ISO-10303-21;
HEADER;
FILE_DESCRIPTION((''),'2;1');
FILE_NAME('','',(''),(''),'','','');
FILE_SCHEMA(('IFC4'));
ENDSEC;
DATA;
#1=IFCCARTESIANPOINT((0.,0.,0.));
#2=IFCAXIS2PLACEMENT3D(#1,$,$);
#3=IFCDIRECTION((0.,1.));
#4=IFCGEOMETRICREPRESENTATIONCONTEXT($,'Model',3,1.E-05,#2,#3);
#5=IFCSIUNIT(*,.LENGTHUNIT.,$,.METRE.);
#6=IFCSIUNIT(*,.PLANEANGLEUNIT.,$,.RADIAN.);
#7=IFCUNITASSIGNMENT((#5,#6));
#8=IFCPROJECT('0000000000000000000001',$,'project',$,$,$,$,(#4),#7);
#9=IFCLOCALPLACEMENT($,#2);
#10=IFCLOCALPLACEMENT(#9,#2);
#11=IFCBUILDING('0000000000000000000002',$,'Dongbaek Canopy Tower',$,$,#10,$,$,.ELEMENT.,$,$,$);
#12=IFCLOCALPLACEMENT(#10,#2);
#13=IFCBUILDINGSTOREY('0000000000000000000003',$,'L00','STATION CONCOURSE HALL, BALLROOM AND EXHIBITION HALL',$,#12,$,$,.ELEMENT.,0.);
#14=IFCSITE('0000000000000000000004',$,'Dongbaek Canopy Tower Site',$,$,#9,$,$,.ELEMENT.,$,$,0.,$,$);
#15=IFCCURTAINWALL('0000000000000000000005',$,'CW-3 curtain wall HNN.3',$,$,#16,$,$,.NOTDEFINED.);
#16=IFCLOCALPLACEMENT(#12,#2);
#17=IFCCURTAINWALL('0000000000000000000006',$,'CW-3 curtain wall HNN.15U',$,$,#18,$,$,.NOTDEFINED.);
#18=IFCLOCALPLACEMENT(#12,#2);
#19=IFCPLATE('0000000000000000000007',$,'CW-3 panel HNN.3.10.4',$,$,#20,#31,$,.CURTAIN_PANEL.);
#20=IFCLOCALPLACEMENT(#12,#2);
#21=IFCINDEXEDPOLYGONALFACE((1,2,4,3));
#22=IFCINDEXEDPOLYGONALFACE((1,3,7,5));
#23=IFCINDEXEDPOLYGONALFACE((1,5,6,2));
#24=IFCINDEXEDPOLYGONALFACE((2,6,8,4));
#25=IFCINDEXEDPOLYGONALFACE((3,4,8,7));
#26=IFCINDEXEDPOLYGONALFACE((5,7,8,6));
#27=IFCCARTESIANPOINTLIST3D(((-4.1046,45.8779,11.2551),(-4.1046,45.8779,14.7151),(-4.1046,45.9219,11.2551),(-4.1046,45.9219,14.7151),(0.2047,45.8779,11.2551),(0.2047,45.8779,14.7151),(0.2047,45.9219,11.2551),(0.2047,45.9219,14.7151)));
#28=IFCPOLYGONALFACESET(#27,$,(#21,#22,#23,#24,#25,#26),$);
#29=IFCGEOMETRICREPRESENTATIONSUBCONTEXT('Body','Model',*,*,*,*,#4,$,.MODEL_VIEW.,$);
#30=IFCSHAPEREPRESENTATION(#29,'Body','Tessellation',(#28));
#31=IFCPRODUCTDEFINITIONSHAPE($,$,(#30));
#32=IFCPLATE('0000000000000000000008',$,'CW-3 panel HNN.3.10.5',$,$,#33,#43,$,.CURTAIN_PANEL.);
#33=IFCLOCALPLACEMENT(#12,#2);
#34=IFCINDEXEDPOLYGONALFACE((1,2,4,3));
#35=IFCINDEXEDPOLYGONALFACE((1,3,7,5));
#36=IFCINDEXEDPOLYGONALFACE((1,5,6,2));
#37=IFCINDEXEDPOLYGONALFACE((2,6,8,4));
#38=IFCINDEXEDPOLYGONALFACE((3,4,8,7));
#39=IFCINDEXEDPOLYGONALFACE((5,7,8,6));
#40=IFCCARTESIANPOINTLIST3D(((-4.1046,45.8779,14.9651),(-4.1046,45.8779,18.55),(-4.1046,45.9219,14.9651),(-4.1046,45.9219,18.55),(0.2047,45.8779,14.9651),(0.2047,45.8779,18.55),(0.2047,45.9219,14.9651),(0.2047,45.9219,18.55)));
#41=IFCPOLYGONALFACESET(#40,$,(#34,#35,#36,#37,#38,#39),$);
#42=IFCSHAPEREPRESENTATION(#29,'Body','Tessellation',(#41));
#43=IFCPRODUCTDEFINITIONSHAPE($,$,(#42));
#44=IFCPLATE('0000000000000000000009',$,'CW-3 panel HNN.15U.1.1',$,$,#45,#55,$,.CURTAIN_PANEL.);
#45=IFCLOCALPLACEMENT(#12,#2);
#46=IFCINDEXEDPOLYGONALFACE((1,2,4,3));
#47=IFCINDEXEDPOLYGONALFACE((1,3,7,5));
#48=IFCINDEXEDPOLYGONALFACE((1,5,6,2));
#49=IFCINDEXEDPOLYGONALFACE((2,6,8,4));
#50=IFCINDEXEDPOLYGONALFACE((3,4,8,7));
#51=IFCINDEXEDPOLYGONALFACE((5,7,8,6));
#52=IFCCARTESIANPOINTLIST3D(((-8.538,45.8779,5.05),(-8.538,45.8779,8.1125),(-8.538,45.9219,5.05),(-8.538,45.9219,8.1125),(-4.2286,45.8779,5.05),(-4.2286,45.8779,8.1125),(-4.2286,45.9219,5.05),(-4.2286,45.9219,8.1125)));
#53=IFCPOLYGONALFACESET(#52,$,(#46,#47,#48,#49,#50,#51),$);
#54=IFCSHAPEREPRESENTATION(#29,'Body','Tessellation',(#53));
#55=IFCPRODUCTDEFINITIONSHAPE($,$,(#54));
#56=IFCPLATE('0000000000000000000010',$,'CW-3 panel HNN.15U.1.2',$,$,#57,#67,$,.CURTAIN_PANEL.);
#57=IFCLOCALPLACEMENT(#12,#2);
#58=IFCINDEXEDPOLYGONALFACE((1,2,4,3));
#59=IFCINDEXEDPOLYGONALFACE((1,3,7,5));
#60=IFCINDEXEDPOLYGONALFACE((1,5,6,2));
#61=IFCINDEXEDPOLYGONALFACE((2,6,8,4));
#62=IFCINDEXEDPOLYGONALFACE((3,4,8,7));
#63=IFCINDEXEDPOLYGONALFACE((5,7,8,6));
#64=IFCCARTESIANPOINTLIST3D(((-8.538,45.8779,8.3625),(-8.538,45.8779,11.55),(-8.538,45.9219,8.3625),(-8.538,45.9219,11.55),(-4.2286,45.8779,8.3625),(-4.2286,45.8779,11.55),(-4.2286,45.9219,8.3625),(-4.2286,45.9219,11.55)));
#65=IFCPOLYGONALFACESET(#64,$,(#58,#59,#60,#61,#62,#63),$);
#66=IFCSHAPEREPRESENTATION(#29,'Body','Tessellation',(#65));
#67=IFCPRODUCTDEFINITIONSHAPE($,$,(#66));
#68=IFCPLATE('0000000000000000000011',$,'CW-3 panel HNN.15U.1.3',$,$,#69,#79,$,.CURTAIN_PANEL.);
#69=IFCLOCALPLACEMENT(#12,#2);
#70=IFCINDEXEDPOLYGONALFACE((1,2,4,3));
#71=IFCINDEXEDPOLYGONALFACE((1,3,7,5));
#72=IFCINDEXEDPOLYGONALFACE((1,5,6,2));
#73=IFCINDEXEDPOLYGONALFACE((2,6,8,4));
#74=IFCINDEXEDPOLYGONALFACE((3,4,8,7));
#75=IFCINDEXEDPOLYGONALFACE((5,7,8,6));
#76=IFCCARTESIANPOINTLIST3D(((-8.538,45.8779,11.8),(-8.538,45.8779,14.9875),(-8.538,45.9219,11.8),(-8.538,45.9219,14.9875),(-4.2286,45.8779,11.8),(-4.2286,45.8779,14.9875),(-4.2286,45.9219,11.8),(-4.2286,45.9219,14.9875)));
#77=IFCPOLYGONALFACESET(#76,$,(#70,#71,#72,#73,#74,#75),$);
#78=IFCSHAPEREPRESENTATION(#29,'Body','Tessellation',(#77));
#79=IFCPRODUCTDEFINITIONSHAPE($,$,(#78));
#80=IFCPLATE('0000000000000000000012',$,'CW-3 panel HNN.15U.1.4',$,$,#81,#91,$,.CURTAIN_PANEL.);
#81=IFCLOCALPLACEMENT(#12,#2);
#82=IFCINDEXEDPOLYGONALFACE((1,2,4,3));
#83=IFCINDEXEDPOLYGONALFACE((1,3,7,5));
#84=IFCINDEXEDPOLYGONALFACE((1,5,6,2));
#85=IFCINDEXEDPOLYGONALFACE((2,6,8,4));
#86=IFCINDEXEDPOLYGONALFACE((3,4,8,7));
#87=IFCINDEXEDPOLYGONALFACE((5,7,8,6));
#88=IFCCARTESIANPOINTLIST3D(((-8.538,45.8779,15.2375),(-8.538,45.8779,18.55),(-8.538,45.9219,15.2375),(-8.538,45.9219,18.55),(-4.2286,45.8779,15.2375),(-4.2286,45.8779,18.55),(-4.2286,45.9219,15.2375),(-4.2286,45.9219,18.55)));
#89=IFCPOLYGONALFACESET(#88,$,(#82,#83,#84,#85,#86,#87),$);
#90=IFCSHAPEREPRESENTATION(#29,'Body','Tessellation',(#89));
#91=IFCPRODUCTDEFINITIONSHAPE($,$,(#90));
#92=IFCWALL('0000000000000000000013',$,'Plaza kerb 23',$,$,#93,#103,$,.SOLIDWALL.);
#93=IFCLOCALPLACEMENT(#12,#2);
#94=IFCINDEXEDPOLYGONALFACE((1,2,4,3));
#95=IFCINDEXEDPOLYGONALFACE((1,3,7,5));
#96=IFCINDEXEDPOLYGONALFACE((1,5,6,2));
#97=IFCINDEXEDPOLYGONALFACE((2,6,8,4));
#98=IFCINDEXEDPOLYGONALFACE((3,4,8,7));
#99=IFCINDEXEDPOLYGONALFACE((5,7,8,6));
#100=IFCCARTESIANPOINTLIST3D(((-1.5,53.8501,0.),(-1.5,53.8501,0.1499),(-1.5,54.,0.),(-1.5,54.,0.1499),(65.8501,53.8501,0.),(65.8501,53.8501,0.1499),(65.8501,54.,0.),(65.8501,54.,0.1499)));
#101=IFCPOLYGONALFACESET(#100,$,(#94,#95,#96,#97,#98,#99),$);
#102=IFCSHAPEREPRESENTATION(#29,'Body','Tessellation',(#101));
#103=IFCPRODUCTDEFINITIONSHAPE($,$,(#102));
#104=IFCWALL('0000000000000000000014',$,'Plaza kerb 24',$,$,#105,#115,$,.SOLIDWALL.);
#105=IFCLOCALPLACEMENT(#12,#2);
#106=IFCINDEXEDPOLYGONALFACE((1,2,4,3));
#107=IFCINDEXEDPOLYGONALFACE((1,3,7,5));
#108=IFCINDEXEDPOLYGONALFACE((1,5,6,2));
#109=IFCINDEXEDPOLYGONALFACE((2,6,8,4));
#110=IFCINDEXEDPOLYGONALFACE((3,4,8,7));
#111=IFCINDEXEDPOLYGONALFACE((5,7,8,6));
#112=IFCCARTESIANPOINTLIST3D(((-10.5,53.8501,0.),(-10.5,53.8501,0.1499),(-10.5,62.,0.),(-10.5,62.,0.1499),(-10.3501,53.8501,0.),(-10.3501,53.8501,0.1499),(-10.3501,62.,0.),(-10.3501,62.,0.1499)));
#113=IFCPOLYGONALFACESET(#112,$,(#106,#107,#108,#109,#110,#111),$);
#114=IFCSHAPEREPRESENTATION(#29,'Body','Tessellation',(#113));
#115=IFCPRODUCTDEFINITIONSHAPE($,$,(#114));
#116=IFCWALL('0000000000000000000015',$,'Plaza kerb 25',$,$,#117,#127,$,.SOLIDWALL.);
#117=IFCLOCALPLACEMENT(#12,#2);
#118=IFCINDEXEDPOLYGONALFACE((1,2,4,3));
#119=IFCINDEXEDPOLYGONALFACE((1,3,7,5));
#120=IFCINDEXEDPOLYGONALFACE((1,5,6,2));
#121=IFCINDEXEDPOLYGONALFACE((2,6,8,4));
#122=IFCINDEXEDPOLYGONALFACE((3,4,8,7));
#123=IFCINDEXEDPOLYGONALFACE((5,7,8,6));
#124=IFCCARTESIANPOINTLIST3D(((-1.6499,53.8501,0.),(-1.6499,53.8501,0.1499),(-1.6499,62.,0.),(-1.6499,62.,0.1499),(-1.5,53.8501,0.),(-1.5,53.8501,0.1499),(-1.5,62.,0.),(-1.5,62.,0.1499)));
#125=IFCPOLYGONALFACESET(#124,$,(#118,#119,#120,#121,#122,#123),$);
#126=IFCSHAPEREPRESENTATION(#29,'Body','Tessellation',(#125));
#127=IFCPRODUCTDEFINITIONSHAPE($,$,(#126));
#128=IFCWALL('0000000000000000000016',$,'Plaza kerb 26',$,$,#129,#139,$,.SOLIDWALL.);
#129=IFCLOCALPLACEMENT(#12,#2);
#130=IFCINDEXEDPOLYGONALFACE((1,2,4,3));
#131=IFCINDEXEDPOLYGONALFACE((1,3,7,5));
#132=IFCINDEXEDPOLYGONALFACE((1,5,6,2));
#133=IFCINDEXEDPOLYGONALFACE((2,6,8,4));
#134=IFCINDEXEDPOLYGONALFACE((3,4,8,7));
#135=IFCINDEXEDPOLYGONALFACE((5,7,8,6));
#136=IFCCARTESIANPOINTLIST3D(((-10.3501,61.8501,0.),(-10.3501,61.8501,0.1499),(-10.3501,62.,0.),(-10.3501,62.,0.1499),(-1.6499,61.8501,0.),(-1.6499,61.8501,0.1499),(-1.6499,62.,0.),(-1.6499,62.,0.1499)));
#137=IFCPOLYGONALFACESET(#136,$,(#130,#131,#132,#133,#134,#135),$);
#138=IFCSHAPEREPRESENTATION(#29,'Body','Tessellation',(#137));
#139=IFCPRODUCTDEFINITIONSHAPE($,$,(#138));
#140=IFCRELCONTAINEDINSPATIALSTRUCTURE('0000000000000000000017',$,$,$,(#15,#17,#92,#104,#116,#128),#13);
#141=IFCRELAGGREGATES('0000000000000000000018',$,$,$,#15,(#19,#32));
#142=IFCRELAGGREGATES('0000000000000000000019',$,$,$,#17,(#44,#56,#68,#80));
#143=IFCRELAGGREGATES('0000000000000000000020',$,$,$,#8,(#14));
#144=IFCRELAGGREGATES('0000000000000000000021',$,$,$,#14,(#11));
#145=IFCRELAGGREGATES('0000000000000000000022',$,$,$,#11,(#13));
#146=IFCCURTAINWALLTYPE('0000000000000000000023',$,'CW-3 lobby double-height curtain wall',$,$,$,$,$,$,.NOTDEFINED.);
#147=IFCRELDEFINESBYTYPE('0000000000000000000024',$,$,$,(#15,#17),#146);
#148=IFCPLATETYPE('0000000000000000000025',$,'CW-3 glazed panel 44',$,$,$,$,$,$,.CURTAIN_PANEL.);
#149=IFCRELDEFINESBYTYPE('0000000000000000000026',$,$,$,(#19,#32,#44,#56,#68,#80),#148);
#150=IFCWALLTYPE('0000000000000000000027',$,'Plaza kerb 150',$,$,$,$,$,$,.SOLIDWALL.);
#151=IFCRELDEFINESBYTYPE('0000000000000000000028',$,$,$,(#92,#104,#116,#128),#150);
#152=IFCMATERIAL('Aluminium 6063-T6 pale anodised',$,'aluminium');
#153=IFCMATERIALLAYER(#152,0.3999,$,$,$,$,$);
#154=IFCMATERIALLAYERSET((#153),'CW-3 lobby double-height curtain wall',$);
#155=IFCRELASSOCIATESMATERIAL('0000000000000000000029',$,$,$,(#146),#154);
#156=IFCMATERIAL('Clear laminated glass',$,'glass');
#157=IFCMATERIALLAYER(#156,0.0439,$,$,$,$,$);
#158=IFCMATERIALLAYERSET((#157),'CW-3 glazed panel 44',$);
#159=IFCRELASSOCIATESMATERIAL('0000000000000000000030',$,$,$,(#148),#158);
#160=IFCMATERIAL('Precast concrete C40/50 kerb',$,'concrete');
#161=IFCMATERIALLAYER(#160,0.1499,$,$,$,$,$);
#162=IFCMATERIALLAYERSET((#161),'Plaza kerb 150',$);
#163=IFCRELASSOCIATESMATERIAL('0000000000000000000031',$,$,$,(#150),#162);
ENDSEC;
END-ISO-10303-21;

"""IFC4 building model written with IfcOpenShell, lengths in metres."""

from ifc_helpers import new_model, si_unit, direction, frame, frame_2d, origin, origin_2d, place, context, subcontext, project, spatial, rectangle, extrude, material, layer, layer_set, type_object, element, aggregate, save


model = new_model("IFC4")

# Units and contexts
model_context = context("Model", 3, precision=1e-05, world=origin(), true_north=direction((0.0, 1.0)))
body_context = subcontext(model_context, "Body", "Model", "MODEL_VIEW")
ifc_project = project(units=[si_unit("LENGTHUNIT", "METRE"), si_unit("PLANEANGLEUNIT", "RADIAN")], contexts=[model_context])

# Site, building, storey
site_placement = place(None, origin())
site = spatial("IfcSite", under=ifc_project, at=site_placement, Name="Dongbaek Canopy Tower Site", CompositionType="ELEMENT", RefElevation=0.0)
building_placement = place(site_placement, origin())
building = spatial("IfcBuilding", under=site, at=building_placement, Name="Dongbaek Canopy Tower", CompositionType="ELEMENT")
storey_placement = place(building_placement, origin())
storey = spatial("IfcBuildingStorey", under=building, at=storey_placement, Name="L00", Description="STATION CONCOURSE HALL, BALLROOM AND EXHIBITION HALL", CompositionType="ELEMENT", Elevation=0.0)

# Curtain wall
ifc_material_1 = material(Name="Aluminium 6063-T6 pale anodised", Category="aluminium")
ifc_layer_1 = layer(ifc_material_1, 0.3999)
ifc_layer_set_1 = layer_set([ifc_layer_1], Name="CW-3 lobby double-height curtain wall")
curtain_wall_type = type_object("IfcCurtainWallType", Name="CW-3 lobby double-height curtain wall", PredefinedType="NOTDEFINED", material=ifc_layer_set_1)
curtain_wall_1_placement = place(storey_placement, origin())
curtain_wall_1 = element("IfcCurtainWall", 1, at=curtain_wall_1_placement, inside=storey, type_object=curtain_wall_type, Name="CW-3 curtain wall HNN.3", PredefinedType="NOTDEFINED")

# Curtain wall
curtain_wall_2_placement = place(storey_placement, origin())
curtain_wall_2 = element("IfcCurtainWall", 2, at=curtain_wall_2_placement, inside=storey, type_object=curtain_wall_type, Name="CW-3 curtain wall HNN.15U", PredefinedType="NOTDEFINED")

# Plates
ifc_material_2 = material(Name="Clear laminated glass", Category="glass")
ifc_layer_2 = layer(ifc_material_2, 0.0439)
ifc_layer_set_2 = layer_set([ifc_layer_2], Name="CW-3 glazed panel 44")
plate_type = type_object("IfcPlateType", Name="CW-3 glazed panel 44", PredefinedType="CURTAIN_PANEL", material=ifc_layer_set_2)
plate_1_placement = place(storey_placement, frame((-1.95, 45.8999, 11.2551), z_axis=(0.0, 0.0, 1.0), x_axis=(-1.0, 0.0, 0.0)))
plate_1 = element("IfcPlate", 3, at=plate_1_placement, type_object=plate_type, Name="CW-3 panel HNN.3.10.4", PredefinedType="CURTAIN_PANEL", context=body_context, shape_type="SweptSolid", body=[
    extrude(rectangle(XDim=4.3093, YDim=0.0439, at=origin_2d()), origin(), (0.0, 0.0, 1.0), 3.46),
])
plate_2_placement = place(storey_placement, frame((-1.95, 45.8999, 14.9651), z_axis=(0.0, 0.0, 1.0), x_axis=(-1.0, 0.0, 0.0)))
plate_2 = element("IfcPlate", 4, at=plate_2_placement, type_object=plate_type, Name="CW-3 panel HNN.3.10.5", PredefinedType="CURTAIN_PANEL", context=body_context, shape_type="SweptSolid", body=[
    extrude(rectangle(XDim=4.3093, YDim=0.0439, at=origin_2d()), origin(), (0.0, 0.0, 1.0), 3.585),
])
aggregate(curtain_wall_1, [plate_1, plate_2])
plate_3_placement = place(storey_placement, frame((-6.3833, 45.8999, 5.05), z_axis=(0.0, 0.0, 1.0), x_axis=(-1.0, 0.0, 0.0)))
plate_3 = element("IfcPlate", 5, at=plate_3_placement, type_object=plate_type, Name="CW-3 panel HNN.15U.1.1", PredefinedType="CURTAIN_PANEL", context=body_context, shape_type="SweptSolid", body=[
    extrude(rectangle(XDim=4.3093, YDim=0.0439, at=origin_2d()), origin(), (0.0, 0.0, 1.0), 3.0625),
])
plate_4_placement = place(storey_placement, frame((-6.3833, 45.8999, 8.3625), z_axis=(0.0, 0.0, 1.0), x_axis=(-1.0, 0.0, 0.0)))
plate_4 = element("IfcPlate", 6, at=plate_4_placement, type_object=plate_type, Name="CW-3 panel HNN.15U.1.2", PredefinedType="CURTAIN_PANEL", context=body_context, shape_type="SweptSolid", body=[
    extrude(rectangle(XDim=4.3093, YDim=0.0439, at=origin_2d()), origin(), (0.0, 0.0, 1.0), 3.1875),
])
plate_5_placement = place(storey_placement, frame((-6.3833, 45.8999, 11.8), z_axis=(0.0, 0.0, 1.0), x_axis=(-1.0, 0.0, 0.0)))
plate_5 = element("IfcPlate", 7, at=plate_5_placement, type_object=plate_type, Name="CW-3 panel HNN.15U.1.3", PredefinedType="CURTAIN_PANEL", context=body_context, shape_type="SweptSolid", body=[
    extrude(rectangle(XDim=4.3093, YDim=0.0439, at=origin_2d()), origin(), (0.0, 0.0, 1.0), 3.1875),
])
plate_6_placement = place(storey_placement, frame((-6.3833, 45.8999, 15.2375), z_axis=(0.0, 0.0, 1.0), x_axis=(-1.0, 0.0, 0.0)))
plate_6 = element("IfcPlate", 8, at=plate_6_placement, type_object=plate_type, Name="CW-3 panel HNN.15U.1.4", PredefinedType="CURTAIN_PANEL", context=body_context, shape_type="SweptSolid", body=[
    extrude(rectangle(XDim=4.3093, YDim=0.0439, at=origin_2d()), origin(), (0.0, 0.0, 1.0), 3.3125),
])
aggregate(curtain_wall_2, [plate_3, plate_4, plate_5, plate_6])

# Walls
ifc_material_3 = material(Name="Precast concrete C40/50 kerb", Category="concrete")
ifc_layer_3 = layer(ifc_material_3, 0.1499)
ifc_layer_set_3 = layer_set([ifc_layer_3], Name="Plaza kerb 150")
wall_type_1 = type_object("IfcWallType", Name="Plaza kerb 150", PredefinedType="SOLIDWALL", material=ifc_layer_set_3)
wall_1_placement = place(storey_placement, frame((-1.5, 53.925, 0.0), z_axis=(0.0, 0.0, 1.0), x_axis=(1.0, 0.0, 0.0)))
element("IfcWall", 9, at=wall_1_placement, inside=storey, type_object=wall_type_1, Name="Plaza kerb 23", PredefinedType="SOLIDWALL", context=body_context, shape_type="SweptSolid", body=[
    extrude(rectangle(XDim=67.3501, YDim=0.1499, at=frame_2d((33.675, 0.0))), origin(), (0.0, 0.0, 1.0), 0.1499),
])
for number, where, z_axis, x_axis, name in (
    (10, (-10.425, 53.8501, 0.0), (0.0, 0.0, 1.0), (0.0, 1.0, 0.0), "Plaza kerb 24"),
    (11, (-1.575, 53.8501, 0.0), (0.0, 0.0, 1.0), (0.0, 1.0, 0.0), "Plaza kerb 25"),
):
    element("IfcWall", number, at=place(storey_placement, frame(where, z_axis=z_axis, x_axis=x_axis)), inside=storey, type_object=wall_type_1, Name=name, PredefinedType="SOLIDWALL", context=body_context, shape_type="SweptSolid", body=[
        extrude(rectangle(XDim=8.1499, YDim=0.1499, at=frame_2d((4.075, 0.0))), origin(), (0.0, 0.0, 1.0), 0.1499),
    ])
wall_2_placement = place(storey_placement, frame((-10.3501, 61.925, 0.0), z_axis=(0.0, 0.0, 1.0), x_axis=(1.0, 0.0, 0.0)))
element("IfcWall", 12, at=wall_2_placement, inside=storey, type_object=wall_type_1, Name="Plaza kerb 26", PredefinedType="SOLIDWALL", context=body_context, shape_type="SweptSolid", body=[
    extrude(rectangle(XDim=8.7002, YDim=0.1499, at=frame_2d((4.3501, 0.0))), origin(), (0.0, 0.0, 1.0), 0.1499),
])

save(model, "model.ifc")
